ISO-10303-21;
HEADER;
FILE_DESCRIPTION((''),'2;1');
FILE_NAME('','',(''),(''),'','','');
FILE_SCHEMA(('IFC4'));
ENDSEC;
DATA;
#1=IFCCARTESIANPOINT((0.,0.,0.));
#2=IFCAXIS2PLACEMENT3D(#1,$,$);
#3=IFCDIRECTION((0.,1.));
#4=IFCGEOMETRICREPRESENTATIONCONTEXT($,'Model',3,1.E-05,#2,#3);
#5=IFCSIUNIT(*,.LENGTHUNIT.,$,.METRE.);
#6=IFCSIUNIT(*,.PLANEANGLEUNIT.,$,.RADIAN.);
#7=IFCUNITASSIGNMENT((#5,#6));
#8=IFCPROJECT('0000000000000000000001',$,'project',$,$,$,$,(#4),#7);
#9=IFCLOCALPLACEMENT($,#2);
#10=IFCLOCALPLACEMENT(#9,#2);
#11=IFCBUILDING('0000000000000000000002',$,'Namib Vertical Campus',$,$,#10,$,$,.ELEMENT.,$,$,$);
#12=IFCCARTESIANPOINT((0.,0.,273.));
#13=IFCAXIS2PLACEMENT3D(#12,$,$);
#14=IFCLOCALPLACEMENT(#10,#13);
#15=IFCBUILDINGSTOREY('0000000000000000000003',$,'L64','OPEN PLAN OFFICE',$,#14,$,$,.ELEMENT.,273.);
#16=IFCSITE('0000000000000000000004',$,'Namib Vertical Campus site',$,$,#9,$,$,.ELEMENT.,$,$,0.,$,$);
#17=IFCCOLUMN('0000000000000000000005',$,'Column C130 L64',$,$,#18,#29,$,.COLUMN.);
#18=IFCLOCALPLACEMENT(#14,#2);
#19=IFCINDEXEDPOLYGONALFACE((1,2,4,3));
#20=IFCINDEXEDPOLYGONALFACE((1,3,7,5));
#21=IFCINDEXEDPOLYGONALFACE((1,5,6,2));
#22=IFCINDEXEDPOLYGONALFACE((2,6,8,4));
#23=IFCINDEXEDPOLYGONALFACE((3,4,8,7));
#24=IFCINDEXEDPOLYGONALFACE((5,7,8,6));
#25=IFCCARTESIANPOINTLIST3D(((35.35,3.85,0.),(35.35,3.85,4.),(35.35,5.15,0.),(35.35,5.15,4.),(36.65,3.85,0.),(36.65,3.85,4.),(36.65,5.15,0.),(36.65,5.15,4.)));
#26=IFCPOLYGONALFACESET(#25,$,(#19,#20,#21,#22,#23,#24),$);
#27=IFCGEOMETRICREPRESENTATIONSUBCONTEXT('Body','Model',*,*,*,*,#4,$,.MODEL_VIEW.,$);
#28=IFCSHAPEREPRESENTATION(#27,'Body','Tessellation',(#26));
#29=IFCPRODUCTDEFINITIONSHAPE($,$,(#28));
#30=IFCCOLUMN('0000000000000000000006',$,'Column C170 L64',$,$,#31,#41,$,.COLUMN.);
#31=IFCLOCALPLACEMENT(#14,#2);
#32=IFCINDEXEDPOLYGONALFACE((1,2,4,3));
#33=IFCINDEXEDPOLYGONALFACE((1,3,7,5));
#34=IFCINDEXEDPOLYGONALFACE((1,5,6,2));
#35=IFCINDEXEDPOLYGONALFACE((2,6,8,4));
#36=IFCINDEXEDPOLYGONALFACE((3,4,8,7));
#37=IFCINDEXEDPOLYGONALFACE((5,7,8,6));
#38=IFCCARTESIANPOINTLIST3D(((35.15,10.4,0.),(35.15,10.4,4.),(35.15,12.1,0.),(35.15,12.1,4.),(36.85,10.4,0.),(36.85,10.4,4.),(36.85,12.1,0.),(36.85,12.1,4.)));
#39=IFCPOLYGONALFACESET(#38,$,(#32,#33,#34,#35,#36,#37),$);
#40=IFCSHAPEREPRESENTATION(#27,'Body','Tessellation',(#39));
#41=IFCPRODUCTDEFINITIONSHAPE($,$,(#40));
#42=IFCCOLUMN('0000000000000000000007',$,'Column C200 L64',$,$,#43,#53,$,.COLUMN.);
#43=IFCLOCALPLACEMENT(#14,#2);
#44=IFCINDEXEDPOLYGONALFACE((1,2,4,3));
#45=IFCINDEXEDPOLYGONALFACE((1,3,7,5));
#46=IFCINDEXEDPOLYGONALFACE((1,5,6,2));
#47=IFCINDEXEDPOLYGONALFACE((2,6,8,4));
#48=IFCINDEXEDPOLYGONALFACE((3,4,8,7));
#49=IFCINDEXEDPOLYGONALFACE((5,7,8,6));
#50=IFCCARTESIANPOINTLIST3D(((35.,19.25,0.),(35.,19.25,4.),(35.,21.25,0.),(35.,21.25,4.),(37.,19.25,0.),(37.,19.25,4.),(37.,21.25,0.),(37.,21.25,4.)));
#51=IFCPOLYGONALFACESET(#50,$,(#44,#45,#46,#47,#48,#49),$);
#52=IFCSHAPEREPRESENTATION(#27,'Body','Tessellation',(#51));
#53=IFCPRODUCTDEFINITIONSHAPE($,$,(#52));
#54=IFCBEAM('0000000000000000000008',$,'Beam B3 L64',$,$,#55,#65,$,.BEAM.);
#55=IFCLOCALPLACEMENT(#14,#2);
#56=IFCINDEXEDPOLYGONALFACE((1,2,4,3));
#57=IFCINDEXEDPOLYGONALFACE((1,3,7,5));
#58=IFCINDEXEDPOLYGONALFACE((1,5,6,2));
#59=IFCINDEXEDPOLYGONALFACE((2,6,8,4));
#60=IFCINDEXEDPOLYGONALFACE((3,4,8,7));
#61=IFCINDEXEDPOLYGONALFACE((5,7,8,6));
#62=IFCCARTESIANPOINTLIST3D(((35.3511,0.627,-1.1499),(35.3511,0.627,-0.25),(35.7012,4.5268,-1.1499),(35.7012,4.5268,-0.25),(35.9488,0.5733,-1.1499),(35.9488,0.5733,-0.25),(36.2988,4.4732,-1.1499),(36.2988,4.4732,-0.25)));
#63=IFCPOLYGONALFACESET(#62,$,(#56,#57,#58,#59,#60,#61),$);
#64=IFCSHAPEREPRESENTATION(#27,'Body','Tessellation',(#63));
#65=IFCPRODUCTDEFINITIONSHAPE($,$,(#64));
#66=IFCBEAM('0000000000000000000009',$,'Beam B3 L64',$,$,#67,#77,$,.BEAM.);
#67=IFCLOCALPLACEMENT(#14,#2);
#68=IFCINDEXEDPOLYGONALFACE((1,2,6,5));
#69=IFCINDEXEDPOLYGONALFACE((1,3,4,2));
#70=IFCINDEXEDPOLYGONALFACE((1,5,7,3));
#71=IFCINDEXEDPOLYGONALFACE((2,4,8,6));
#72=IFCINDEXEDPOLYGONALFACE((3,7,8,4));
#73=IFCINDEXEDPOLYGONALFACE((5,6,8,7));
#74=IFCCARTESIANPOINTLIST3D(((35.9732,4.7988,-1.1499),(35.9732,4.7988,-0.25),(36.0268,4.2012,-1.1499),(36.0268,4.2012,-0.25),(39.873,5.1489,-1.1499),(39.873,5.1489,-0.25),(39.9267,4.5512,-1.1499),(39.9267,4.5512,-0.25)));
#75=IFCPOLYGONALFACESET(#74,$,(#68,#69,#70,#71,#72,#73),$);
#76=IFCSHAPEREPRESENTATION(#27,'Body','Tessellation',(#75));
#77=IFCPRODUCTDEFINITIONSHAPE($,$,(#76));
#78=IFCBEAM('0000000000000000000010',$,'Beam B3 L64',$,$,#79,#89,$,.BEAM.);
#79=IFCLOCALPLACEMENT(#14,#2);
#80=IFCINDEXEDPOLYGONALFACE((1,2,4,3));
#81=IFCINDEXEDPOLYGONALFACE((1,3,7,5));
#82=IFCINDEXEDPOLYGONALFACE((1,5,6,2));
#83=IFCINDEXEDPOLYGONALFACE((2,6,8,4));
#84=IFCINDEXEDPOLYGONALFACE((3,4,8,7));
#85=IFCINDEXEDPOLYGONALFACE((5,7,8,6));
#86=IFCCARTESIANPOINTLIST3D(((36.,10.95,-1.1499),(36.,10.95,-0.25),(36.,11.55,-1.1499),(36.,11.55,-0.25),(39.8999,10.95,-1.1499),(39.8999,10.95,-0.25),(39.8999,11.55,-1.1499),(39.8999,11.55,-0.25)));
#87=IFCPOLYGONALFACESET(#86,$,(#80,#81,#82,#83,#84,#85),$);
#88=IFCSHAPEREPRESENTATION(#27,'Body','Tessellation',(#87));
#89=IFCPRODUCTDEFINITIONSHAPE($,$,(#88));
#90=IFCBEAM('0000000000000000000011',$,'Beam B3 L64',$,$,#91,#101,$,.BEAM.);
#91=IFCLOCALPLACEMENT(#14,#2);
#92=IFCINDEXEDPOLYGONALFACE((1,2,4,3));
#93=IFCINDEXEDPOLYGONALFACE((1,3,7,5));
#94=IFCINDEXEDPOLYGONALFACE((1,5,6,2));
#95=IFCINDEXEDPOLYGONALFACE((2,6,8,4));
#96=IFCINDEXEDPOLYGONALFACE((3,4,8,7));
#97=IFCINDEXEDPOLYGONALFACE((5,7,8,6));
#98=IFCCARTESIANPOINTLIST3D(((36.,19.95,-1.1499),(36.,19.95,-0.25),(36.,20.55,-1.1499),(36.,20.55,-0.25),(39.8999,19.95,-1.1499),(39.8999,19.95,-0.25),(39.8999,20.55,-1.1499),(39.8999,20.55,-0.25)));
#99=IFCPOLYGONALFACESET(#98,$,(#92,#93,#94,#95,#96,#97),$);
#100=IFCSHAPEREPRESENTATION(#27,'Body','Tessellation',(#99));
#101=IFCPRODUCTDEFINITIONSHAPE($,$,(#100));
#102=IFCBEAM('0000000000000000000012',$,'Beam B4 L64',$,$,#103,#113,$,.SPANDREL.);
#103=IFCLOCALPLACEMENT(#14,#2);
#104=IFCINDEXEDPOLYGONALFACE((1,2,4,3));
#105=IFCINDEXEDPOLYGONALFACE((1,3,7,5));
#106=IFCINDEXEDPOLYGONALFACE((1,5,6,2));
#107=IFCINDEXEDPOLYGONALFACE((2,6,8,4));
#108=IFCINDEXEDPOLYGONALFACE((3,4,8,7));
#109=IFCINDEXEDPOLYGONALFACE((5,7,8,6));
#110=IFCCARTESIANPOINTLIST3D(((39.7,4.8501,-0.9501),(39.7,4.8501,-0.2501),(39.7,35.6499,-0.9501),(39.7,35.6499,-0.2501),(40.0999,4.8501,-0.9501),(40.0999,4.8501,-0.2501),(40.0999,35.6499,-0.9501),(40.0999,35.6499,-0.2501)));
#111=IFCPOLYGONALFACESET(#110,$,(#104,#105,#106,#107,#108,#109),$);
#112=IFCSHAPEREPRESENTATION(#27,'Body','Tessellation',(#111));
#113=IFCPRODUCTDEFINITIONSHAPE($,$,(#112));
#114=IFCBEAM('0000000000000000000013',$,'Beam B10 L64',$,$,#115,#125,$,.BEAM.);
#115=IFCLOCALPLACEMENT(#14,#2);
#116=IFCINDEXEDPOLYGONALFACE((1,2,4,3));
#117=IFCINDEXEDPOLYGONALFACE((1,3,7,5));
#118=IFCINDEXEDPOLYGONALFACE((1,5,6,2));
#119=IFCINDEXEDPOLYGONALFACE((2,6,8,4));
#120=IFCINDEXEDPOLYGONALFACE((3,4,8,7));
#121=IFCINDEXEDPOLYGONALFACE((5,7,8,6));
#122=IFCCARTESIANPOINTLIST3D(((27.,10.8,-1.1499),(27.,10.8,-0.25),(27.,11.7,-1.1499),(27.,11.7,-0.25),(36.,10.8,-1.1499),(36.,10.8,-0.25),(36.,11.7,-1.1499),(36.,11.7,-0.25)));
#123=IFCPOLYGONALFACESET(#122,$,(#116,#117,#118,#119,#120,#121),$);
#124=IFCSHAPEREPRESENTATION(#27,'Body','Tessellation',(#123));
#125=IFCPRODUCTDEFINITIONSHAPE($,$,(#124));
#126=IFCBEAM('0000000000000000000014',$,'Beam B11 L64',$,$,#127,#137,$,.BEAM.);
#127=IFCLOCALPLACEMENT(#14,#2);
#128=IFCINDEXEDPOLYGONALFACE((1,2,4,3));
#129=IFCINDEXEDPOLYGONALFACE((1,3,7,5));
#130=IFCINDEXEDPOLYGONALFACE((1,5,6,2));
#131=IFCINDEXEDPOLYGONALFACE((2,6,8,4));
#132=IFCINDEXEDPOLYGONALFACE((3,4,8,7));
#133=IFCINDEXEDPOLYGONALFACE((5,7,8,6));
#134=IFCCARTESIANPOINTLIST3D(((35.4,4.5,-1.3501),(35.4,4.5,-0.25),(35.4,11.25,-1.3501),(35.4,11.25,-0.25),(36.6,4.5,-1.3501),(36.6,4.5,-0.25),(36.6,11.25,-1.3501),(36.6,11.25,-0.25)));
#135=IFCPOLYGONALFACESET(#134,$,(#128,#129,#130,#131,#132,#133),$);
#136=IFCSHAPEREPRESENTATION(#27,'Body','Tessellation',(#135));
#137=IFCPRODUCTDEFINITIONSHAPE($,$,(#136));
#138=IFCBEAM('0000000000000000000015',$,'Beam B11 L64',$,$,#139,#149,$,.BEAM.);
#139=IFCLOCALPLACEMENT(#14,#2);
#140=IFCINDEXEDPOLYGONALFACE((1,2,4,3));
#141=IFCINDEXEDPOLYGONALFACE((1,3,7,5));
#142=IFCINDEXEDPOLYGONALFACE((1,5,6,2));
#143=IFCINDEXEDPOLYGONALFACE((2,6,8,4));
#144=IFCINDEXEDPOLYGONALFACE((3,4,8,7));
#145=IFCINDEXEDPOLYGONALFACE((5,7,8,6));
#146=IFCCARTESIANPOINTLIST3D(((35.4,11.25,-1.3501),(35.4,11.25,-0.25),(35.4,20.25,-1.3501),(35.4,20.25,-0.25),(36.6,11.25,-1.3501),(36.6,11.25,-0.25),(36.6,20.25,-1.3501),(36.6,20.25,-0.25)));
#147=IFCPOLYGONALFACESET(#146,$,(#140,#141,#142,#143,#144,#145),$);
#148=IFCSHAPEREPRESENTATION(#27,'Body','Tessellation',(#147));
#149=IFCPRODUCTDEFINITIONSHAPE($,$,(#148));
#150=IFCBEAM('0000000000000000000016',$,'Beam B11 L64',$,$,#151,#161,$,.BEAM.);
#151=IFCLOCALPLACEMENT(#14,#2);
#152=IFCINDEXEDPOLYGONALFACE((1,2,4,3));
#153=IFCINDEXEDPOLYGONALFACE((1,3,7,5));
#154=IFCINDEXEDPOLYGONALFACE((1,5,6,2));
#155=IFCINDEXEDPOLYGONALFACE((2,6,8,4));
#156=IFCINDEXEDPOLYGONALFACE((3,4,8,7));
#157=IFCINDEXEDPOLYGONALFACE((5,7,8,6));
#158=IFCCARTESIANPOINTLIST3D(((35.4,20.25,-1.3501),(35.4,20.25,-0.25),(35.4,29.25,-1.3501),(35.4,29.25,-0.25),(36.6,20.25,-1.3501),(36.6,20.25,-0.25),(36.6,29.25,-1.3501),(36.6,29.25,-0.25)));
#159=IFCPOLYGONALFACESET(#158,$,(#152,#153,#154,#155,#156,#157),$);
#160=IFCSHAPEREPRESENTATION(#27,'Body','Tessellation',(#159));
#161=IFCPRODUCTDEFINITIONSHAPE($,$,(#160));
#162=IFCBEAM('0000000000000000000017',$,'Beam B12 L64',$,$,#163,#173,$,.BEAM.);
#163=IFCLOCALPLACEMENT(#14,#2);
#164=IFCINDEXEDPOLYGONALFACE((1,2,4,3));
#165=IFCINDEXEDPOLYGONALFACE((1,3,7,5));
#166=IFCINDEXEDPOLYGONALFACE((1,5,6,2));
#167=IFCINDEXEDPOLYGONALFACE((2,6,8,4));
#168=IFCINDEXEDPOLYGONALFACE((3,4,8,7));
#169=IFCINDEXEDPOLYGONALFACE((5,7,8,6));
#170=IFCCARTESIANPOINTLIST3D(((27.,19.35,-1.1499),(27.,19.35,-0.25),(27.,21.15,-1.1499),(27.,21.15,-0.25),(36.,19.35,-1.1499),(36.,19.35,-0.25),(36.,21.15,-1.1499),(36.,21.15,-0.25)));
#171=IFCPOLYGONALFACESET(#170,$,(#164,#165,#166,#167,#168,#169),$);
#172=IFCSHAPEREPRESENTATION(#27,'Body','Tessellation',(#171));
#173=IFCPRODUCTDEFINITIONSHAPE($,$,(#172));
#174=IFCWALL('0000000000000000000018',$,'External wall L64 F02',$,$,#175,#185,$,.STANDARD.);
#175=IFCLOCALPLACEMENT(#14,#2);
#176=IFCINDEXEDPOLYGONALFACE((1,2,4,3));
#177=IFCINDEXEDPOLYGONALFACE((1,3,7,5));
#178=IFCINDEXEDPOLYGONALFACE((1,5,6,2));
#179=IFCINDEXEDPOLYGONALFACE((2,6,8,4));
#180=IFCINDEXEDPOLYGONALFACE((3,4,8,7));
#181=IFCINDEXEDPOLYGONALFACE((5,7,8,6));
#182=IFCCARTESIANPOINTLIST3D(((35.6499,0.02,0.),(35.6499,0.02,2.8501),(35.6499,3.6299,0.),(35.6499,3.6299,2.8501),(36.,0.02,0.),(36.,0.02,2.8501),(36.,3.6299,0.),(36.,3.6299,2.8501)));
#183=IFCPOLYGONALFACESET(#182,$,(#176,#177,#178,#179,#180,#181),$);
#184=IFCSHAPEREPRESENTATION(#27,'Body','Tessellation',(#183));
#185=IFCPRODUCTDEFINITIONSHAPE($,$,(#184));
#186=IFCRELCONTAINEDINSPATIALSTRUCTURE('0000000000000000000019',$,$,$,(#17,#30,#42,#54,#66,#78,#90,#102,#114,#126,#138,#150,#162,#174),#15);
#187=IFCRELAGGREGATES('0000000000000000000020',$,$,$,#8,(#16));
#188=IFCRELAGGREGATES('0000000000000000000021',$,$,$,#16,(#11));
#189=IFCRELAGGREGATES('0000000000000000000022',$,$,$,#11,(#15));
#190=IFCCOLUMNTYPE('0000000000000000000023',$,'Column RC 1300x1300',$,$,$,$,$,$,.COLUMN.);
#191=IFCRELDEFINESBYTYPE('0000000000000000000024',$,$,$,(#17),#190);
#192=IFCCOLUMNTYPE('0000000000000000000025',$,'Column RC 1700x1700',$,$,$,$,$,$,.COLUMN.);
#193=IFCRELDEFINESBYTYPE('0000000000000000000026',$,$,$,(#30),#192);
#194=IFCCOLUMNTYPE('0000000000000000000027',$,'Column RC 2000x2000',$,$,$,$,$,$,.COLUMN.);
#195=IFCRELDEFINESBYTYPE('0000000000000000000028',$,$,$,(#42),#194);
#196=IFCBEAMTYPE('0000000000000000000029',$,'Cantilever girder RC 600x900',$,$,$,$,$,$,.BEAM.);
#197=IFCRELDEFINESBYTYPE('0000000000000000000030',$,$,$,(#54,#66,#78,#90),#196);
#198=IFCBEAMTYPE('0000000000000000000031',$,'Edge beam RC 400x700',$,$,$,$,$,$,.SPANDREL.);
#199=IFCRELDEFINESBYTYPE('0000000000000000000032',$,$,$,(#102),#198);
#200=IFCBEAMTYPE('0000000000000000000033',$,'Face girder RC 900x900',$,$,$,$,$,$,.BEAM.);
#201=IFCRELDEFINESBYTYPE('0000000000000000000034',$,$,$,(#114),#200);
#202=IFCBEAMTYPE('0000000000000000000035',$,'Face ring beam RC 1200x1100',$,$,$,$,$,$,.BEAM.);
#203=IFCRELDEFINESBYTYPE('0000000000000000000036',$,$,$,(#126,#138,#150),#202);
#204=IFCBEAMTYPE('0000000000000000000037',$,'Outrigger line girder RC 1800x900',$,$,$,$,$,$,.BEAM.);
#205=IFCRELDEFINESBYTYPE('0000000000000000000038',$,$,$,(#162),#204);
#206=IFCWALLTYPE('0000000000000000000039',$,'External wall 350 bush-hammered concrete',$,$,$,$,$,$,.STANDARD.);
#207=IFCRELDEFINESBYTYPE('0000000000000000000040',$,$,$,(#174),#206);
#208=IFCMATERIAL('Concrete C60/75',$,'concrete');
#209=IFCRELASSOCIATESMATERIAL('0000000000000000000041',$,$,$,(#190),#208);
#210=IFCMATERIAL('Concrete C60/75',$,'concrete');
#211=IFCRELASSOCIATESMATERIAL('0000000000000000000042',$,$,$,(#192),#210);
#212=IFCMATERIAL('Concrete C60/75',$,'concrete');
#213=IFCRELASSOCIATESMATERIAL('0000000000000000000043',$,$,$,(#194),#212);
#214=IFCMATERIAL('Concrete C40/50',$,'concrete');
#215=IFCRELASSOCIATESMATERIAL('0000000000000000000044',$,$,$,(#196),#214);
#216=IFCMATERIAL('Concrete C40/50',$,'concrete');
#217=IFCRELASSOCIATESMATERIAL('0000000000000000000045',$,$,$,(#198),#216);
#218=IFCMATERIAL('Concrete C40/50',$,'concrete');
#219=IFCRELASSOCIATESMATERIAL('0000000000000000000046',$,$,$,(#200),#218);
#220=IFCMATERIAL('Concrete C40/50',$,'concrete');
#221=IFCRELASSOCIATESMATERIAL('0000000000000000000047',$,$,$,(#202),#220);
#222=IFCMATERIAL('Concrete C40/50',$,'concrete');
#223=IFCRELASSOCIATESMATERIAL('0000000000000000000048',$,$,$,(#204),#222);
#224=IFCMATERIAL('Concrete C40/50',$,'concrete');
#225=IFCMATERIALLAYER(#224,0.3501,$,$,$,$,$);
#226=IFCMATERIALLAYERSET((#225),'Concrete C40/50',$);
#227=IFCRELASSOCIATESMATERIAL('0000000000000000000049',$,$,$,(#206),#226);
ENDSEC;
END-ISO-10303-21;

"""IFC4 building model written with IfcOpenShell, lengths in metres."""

from ifc_helpers import new_model, si_unit, direction, frame, frame_2d, origin, origin_2d, place, context, subcontext, project, spatial, rectangle, extrude, material, layer, layer_set, material_profile, profile_set, type_object, element, save


model = new_model("IFC4")

# Units and contexts
model_context = context("Model", 3, precision=1e-05, world=origin(), true_north=direction((0.0, 1.0)))
body_context = subcontext(model_context, "Body", "Model", "MODEL_VIEW")
ifc_project = project(units=[si_unit("LENGTHUNIT", "METRE"), si_unit("PLANEANGLEUNIT", "RADIAN")], contexts=[model_context])

# Site, building, storey
site_placement = place(None, origin())
site = spatial("IfcSite", under=ifc_project, at=site_placement, Name="Namib Vertical Campus site", CompositionType="ELEMENT", RefElevation=0.0)
building_placement = place(site_placement, origin())
building = spatial("IfcBuilding", under=site, at=building_placement, Name="Namib Vertical Campus", CompositionType="ELEMENT")
storey_placement = place(building_placement, frame((0.0, 0.0, 273.0)))
storey = spatial("IfcBuildingStorey", under=building, at=storey_placement, Name="L64", Description="OPEN PLAN OFFICE", CompositionType="ELEMENT", Elevation=273.0)

# Columns
ifc_material_1 = material(Name="Concrete C60/75", Category="concrete")
ifc_material_profile_1 = material_profile(ifc_material_1, rectangle(XDim=1.3, YDim=1.3, at=origin_2d()))
ifc_profile_set_1 = profile_set([ifc_material_profile_1], Name="Concrete C60/75")
column_type_1 = type_object("IfcColumnType", Name="Column RC 1300x1300", PredefinedType="COLUMN", material=ifc_profile_set_1)
column_1_placement = place(storey_placement, frame((36.0, 4.5, 0.0), z_axis=(0.0, 0.0, 1.0), x_axis=(1.0, 0.0, 0.0)))
element("IfcColumn", 1, at=column_1_placement, inside=storey, type_object=column_type_1, Name="Column C130 L64", PredefinedType="COLUMN", context=body_context, shape_type="SweptSolid", body=[
    extrude(rectangle(XDim=1.3, YDim=1.3, at=origin_2d()), origin(), (0.0, 0.0, 1.0), 4.0),
])
ifc_material_2 = material(Name="Concrete C60/75", Category="concrete")
ifc_material_profile_2 = material_profile(ifc_material_2, rectangle(XDim=1.7, YDim=1.7, at=origin_2d()))
ifc_profile_set_2 = profile_set([ifc_material_profile_2], Name="Concrete C60/75")
column_type_2 = type_object("IfcColumnType", Name="Column RC 1700x1700", PredefinedType="COLUMN", material=ifc_profile_set_2)
column_2_placement = place(storey_placement, frame((36.0, 11.25, 0.0), z_axis=(0.0, 0.0, 1.0), x_axis=(1.0, 0.0, 0.0)))
element("IfcColumn", 2, at=column_2_placement, inside=storey, type_object=column_type_2, Name="Column C170 L64", PredefinedType="COLUMN", context=body_context, shape_type="SweptSolid", body=[
    extrude(rectangle(XDim=1.7, YDim=1.7, at=origin_2d()), origin(), (0.0, 0.0, 1.0), 4.0),
])
ifc_material_3 = material(Name="Concrete C60/75", Category="concrete")
ifc_material_profile_3 = material_profile(ifc_material_3, rectangle(XDim=2.0, YDim=2.0, at=origin_2d()))
ifc_profile_set_3 = profile_set([ifc_material_profile_3], Name="Concrete C60/75")
column_type_3 = type_object("IfcColumnType", Name="Column RC 2000x2000", PredefinedType="COLUMN", material=ifc_profile_set_3)
column_3_placement = place(storey_placement, frame((36.0, 20.25, 0.0), z_axis=(0.0, 0.0, 1.0), x_axis=(1.0, 0.0, 0.0)))
element("IfcColumn", 3, at=column_3_placement, inside=storey, type_object=column_type_3, Name="Column C200 L64", PredefinedType="COLUMN", context=body_context, shape_type="SweptSolid", body=[
    extrude(rectangle(XDim=2.0, YDim=2.0, at=origin_2d()), origin(), (0.0, 0.0, 1.0), 4.0),
])

# Beams
ifc_material_4 = material(Name="Concrete C40/50", Category="concrete")
ifc_material_profile_4 = material_profile(ifc_material_4, rectangle(XDim=0.6001, YDim=0.8999, at=origin_2d()))
ifc_profile_set_4 = profile_set([ifc_material_profile_4], Name="Concrete C40/50")
beam_type_1 = type_object("IfcBeamType", Name="Cantilever girder RC 600x900", PredefinedType="BEAM", material=ifc_profile_set_4)
for number, where, z_axis, x_axis, name in (
    (4, (36.0, 4.5, -0.7), (-0.089411, -0.995995, 0.0), (0.995995, -0.089411, 0.0), "Beam B3 L64"),
    (5, (36.0, 4.5, -0.7), (0.995995, 0.089411, 0.0), (-0.089411, 0.995995, 0.0), "Beam B3 L64"),
):
    element("IfcBeam", number, at=place(storey_placement, frame(where, z_axis=z_axis, x_axis=x_axis)), inside=storey, type_object=beam_type_1, Name=name, PredefinedType="BEAM", context=body_context, shape_type="SweptSolid", body=[
        extrude(rectangle(XDim=0.6001, YDim=0.8999, at=origin_2d()), origin(), (0.0, 0.0, 1.0), 3.9155),
    ])
for number, where, z_axis, x_axis, name in (
    (6, (36.0, 11.25, -0.7), (1.0, 0.0, 0.0), (0.0, 1.0, 0.0), "Beam B3 L64"),
    (7, (36.0, 20.25, -0.7), (1.0, 0.0, 0.0), (0.0, 1.0, 0.0), "Beam B3 L64"),
):
    element("IfcBeam", number, at=place(storey_placement, frame(where, z_axis=z_axis, x_axis=x_axis)), inside=storey, type_object=beam_type_1, Name=name, PredefinedType="BEAM", context=body_context, shape_type="SweptSolid", body=[
        extrude(rectangle(XDim=0.6001, YDim=0.8999, at=origin_2d()), origin(), (0.0, 0.0, 1.0), 3.8999),
    ])
ifc_material_5 = material(Name="Concrete C40/50", Category="concrete")
ifc_material_profile_5 = material_profile(ifc_material_5, rectangle(XDim=0.3999, YDim=0.7, at=origin_2d()))
ifc_profile_set_5 = profile_set([ifc_material_profile_5], Name="Concrete C40/50")
beam_type_2 = type_object("IfcBeamType", Name="Edge beam RC 400x700", PredefinedType="SPANDREL", material=ifc_profile_set_5)
beam_1_placement = place(storey_placement, frame((39.8999, 4.8501, -0.6001), z_axis=(0.0, 1.0, 0.0), x_axis=(-1.0, 0.0, 0.0)))
element("IfcBeam", 8, at=beam_1_placement, inside=storey, type_object=beam_type_2, Name="Beam B4 L64", PredefinedType="SPANDREL", context=body_context, shape_type="SweptSolid", body=[
    extrude(rectangle(XDim=0.3999, YDim=0.7, at=origin_2d()), origin(), (0.0, 0.0, 1.0), 30.7998),
])
ifc_material_6 = material(Name="Concrete C40/50", Category="concrete")
ifc_material_profile_6 = material_profile(ifc_material_6, rectangle(XDim=0.8999, YDim=0.8999, at=origin_2d()))
ifc_profile_set_6 = profile_set([ifc_material_profile_6], Name="Concrete C40/50")
beam_type_3 = type_object("IfcBeamType", Name="Face girder RC 900x900", PredefinedType="BEAM", material=ifc_profile_set_6)
beam_2_placement = place(storey_placement, frame((36.0, 11.25, -0.7), z_axis=(-1.0, 0.0, 0.0), x_axis=(0.0, -1.0, 0.0)))
element("IfcBeam", 9, at=beam_2_placement, inside=storey, type_object=beam_type_3, Name="Beam B10 L64", PredefinedType="BEAM", context=body_context, shape_type="SweptSolid", body=[
    extrude(rectangle(XDim=0.8999, YDim=0.8999, at=origin_2d()), origin(), (0.0, 0.0, 1.0), 9.0),
])
ifc_material_7 = material(Name="Concrete C40/50", Category="concrete")
ifc_material_profile_7 = material_profile(ifc_material_7, rectangle(XDim=1.2, YDim=1.1001, at=origin_2d()))
ifc_profile_set_7 = profile_set([ifc_material_profile_7], Name="Concrete C40/50")
beam_type_4 = type_object("IfcBeamType", Name="Face ring beam RC 1200x1100", PredefinedType="BEAM", material=ifc_profile_set_7)
beam_3_placement = place(storey_placement, frame((36.0, 4.5, -0.8), z_axis=(0.0, 1.0, 0.0), x_axis=(-1.0, 0.0, 0.0)))
element("IfcBeam", 10, at=beam_3_placement, inside=storey, type_object=beam_type_4, Name="Beam B11 L64", PredefinedType="BEAM", context=body_context, shape_type="SweptSolid", body=[
    extrude(rectangle(XDim=1.2, YDim=1.1001, at=origin_2d()), origin(), (0.0, 0.0, 1.0), 6.75),
])
for number, where, z_axis, x_axis, name in (
    (11, (36.0, 11.25, -0.8), (0.0, 1.0, 0.0), (-1.0, 0.0, 0.0), "Beam B11 L64"),
    (12, (36.0, 20.25, -0.8), (0.0, 1.0, 0.0), (-1.0, 0.0, 0.0), "Beam B11 L64"),
):
    element("IfcBeam", number, at=place(storey_placement, frame(where, z_axis=z_axis, x_axis=x_axis)), inside=storey, type_object=beam_type_4, Name=name, PredefinedType="BEAM", context=body_context, shape_type="SweptSolid", body=[
        extrude(rectangle(XDim=1.2, YDim=1.1001, at=origin_2d()), origin(), (0.0, 0.0, 1.0), 9.0),
    ])
ifc_material_8 = material(Name="Concrete C40/50", Category="concrete")
ifc_material_profile_8 = material_profile(ifc_material_8, rectangle(XDim=1.8, YDim=0.8999, at=origin_2d()))
ifc_profile_set_8 = profile_set([ifc_material_profile_8], Name="Concrete C40/50")
beam_type_5 = type_object("IfcBeamType", Name="Outrigger line girder RC 1800x900", PredefinedType="BEAM", material=ifc_profile_set_8)
beam_4_placement = place(storey_placement, frame((36.0, 20.25, -0.7), z_axis=(-1.0, 0.0, 0.0), x_axis=(0.0, -1.0, 0.0)))
element("IfcBeam", 13, at=beam_4_placement, inside=storey, type_object=beam_type_5, Name="Beam B12 L64", PredefinedType="BEAM", context=body_context, shape_type="SweptSolid", body=[
    extrude(rectangle(XDim=1.8, YDim=0.8999, at=origin_2d()), origin(), (0.0, 0.0, 1.0), 9.0),
])

# Wall
ifc_material_9 = material(Name="Concrete C40/50", Category="concrete")
ifc_layer_1 = layer(ifc_material_9, 0.3501)
ifc_layer_set_1 = layer_set([ifc_layer_1], Name="Concrete C40/50")
wall_type = type_object("IfcWallType", Name="External wall 350 bush-hammered concrete", PredefinedType="STANDARD", material=ifc_layer_set_1)
wall_1_placement = place(storey_placement, frame((35.825, 0.02, 0.0), z_axis=(0.0, 0.0, 1.0), x_axis=(0.0, 1.0, 0.0)))
element("IfcWall", 14, at=wall_1_placement, inside=storey, type_object=wall_type, Name="External wall L64 F02", PredefinedType="STANDARD", context=body_context, shape_type="SweptSolid", body=[
    extrude(rectangle(XDim=3.6099, YDim=0.3501, at=frame_2d((1.8049, 0.0))), origin(), (0.0, 0.0, 1.0), 2.8501),
])

save(model, "model.ifc")
